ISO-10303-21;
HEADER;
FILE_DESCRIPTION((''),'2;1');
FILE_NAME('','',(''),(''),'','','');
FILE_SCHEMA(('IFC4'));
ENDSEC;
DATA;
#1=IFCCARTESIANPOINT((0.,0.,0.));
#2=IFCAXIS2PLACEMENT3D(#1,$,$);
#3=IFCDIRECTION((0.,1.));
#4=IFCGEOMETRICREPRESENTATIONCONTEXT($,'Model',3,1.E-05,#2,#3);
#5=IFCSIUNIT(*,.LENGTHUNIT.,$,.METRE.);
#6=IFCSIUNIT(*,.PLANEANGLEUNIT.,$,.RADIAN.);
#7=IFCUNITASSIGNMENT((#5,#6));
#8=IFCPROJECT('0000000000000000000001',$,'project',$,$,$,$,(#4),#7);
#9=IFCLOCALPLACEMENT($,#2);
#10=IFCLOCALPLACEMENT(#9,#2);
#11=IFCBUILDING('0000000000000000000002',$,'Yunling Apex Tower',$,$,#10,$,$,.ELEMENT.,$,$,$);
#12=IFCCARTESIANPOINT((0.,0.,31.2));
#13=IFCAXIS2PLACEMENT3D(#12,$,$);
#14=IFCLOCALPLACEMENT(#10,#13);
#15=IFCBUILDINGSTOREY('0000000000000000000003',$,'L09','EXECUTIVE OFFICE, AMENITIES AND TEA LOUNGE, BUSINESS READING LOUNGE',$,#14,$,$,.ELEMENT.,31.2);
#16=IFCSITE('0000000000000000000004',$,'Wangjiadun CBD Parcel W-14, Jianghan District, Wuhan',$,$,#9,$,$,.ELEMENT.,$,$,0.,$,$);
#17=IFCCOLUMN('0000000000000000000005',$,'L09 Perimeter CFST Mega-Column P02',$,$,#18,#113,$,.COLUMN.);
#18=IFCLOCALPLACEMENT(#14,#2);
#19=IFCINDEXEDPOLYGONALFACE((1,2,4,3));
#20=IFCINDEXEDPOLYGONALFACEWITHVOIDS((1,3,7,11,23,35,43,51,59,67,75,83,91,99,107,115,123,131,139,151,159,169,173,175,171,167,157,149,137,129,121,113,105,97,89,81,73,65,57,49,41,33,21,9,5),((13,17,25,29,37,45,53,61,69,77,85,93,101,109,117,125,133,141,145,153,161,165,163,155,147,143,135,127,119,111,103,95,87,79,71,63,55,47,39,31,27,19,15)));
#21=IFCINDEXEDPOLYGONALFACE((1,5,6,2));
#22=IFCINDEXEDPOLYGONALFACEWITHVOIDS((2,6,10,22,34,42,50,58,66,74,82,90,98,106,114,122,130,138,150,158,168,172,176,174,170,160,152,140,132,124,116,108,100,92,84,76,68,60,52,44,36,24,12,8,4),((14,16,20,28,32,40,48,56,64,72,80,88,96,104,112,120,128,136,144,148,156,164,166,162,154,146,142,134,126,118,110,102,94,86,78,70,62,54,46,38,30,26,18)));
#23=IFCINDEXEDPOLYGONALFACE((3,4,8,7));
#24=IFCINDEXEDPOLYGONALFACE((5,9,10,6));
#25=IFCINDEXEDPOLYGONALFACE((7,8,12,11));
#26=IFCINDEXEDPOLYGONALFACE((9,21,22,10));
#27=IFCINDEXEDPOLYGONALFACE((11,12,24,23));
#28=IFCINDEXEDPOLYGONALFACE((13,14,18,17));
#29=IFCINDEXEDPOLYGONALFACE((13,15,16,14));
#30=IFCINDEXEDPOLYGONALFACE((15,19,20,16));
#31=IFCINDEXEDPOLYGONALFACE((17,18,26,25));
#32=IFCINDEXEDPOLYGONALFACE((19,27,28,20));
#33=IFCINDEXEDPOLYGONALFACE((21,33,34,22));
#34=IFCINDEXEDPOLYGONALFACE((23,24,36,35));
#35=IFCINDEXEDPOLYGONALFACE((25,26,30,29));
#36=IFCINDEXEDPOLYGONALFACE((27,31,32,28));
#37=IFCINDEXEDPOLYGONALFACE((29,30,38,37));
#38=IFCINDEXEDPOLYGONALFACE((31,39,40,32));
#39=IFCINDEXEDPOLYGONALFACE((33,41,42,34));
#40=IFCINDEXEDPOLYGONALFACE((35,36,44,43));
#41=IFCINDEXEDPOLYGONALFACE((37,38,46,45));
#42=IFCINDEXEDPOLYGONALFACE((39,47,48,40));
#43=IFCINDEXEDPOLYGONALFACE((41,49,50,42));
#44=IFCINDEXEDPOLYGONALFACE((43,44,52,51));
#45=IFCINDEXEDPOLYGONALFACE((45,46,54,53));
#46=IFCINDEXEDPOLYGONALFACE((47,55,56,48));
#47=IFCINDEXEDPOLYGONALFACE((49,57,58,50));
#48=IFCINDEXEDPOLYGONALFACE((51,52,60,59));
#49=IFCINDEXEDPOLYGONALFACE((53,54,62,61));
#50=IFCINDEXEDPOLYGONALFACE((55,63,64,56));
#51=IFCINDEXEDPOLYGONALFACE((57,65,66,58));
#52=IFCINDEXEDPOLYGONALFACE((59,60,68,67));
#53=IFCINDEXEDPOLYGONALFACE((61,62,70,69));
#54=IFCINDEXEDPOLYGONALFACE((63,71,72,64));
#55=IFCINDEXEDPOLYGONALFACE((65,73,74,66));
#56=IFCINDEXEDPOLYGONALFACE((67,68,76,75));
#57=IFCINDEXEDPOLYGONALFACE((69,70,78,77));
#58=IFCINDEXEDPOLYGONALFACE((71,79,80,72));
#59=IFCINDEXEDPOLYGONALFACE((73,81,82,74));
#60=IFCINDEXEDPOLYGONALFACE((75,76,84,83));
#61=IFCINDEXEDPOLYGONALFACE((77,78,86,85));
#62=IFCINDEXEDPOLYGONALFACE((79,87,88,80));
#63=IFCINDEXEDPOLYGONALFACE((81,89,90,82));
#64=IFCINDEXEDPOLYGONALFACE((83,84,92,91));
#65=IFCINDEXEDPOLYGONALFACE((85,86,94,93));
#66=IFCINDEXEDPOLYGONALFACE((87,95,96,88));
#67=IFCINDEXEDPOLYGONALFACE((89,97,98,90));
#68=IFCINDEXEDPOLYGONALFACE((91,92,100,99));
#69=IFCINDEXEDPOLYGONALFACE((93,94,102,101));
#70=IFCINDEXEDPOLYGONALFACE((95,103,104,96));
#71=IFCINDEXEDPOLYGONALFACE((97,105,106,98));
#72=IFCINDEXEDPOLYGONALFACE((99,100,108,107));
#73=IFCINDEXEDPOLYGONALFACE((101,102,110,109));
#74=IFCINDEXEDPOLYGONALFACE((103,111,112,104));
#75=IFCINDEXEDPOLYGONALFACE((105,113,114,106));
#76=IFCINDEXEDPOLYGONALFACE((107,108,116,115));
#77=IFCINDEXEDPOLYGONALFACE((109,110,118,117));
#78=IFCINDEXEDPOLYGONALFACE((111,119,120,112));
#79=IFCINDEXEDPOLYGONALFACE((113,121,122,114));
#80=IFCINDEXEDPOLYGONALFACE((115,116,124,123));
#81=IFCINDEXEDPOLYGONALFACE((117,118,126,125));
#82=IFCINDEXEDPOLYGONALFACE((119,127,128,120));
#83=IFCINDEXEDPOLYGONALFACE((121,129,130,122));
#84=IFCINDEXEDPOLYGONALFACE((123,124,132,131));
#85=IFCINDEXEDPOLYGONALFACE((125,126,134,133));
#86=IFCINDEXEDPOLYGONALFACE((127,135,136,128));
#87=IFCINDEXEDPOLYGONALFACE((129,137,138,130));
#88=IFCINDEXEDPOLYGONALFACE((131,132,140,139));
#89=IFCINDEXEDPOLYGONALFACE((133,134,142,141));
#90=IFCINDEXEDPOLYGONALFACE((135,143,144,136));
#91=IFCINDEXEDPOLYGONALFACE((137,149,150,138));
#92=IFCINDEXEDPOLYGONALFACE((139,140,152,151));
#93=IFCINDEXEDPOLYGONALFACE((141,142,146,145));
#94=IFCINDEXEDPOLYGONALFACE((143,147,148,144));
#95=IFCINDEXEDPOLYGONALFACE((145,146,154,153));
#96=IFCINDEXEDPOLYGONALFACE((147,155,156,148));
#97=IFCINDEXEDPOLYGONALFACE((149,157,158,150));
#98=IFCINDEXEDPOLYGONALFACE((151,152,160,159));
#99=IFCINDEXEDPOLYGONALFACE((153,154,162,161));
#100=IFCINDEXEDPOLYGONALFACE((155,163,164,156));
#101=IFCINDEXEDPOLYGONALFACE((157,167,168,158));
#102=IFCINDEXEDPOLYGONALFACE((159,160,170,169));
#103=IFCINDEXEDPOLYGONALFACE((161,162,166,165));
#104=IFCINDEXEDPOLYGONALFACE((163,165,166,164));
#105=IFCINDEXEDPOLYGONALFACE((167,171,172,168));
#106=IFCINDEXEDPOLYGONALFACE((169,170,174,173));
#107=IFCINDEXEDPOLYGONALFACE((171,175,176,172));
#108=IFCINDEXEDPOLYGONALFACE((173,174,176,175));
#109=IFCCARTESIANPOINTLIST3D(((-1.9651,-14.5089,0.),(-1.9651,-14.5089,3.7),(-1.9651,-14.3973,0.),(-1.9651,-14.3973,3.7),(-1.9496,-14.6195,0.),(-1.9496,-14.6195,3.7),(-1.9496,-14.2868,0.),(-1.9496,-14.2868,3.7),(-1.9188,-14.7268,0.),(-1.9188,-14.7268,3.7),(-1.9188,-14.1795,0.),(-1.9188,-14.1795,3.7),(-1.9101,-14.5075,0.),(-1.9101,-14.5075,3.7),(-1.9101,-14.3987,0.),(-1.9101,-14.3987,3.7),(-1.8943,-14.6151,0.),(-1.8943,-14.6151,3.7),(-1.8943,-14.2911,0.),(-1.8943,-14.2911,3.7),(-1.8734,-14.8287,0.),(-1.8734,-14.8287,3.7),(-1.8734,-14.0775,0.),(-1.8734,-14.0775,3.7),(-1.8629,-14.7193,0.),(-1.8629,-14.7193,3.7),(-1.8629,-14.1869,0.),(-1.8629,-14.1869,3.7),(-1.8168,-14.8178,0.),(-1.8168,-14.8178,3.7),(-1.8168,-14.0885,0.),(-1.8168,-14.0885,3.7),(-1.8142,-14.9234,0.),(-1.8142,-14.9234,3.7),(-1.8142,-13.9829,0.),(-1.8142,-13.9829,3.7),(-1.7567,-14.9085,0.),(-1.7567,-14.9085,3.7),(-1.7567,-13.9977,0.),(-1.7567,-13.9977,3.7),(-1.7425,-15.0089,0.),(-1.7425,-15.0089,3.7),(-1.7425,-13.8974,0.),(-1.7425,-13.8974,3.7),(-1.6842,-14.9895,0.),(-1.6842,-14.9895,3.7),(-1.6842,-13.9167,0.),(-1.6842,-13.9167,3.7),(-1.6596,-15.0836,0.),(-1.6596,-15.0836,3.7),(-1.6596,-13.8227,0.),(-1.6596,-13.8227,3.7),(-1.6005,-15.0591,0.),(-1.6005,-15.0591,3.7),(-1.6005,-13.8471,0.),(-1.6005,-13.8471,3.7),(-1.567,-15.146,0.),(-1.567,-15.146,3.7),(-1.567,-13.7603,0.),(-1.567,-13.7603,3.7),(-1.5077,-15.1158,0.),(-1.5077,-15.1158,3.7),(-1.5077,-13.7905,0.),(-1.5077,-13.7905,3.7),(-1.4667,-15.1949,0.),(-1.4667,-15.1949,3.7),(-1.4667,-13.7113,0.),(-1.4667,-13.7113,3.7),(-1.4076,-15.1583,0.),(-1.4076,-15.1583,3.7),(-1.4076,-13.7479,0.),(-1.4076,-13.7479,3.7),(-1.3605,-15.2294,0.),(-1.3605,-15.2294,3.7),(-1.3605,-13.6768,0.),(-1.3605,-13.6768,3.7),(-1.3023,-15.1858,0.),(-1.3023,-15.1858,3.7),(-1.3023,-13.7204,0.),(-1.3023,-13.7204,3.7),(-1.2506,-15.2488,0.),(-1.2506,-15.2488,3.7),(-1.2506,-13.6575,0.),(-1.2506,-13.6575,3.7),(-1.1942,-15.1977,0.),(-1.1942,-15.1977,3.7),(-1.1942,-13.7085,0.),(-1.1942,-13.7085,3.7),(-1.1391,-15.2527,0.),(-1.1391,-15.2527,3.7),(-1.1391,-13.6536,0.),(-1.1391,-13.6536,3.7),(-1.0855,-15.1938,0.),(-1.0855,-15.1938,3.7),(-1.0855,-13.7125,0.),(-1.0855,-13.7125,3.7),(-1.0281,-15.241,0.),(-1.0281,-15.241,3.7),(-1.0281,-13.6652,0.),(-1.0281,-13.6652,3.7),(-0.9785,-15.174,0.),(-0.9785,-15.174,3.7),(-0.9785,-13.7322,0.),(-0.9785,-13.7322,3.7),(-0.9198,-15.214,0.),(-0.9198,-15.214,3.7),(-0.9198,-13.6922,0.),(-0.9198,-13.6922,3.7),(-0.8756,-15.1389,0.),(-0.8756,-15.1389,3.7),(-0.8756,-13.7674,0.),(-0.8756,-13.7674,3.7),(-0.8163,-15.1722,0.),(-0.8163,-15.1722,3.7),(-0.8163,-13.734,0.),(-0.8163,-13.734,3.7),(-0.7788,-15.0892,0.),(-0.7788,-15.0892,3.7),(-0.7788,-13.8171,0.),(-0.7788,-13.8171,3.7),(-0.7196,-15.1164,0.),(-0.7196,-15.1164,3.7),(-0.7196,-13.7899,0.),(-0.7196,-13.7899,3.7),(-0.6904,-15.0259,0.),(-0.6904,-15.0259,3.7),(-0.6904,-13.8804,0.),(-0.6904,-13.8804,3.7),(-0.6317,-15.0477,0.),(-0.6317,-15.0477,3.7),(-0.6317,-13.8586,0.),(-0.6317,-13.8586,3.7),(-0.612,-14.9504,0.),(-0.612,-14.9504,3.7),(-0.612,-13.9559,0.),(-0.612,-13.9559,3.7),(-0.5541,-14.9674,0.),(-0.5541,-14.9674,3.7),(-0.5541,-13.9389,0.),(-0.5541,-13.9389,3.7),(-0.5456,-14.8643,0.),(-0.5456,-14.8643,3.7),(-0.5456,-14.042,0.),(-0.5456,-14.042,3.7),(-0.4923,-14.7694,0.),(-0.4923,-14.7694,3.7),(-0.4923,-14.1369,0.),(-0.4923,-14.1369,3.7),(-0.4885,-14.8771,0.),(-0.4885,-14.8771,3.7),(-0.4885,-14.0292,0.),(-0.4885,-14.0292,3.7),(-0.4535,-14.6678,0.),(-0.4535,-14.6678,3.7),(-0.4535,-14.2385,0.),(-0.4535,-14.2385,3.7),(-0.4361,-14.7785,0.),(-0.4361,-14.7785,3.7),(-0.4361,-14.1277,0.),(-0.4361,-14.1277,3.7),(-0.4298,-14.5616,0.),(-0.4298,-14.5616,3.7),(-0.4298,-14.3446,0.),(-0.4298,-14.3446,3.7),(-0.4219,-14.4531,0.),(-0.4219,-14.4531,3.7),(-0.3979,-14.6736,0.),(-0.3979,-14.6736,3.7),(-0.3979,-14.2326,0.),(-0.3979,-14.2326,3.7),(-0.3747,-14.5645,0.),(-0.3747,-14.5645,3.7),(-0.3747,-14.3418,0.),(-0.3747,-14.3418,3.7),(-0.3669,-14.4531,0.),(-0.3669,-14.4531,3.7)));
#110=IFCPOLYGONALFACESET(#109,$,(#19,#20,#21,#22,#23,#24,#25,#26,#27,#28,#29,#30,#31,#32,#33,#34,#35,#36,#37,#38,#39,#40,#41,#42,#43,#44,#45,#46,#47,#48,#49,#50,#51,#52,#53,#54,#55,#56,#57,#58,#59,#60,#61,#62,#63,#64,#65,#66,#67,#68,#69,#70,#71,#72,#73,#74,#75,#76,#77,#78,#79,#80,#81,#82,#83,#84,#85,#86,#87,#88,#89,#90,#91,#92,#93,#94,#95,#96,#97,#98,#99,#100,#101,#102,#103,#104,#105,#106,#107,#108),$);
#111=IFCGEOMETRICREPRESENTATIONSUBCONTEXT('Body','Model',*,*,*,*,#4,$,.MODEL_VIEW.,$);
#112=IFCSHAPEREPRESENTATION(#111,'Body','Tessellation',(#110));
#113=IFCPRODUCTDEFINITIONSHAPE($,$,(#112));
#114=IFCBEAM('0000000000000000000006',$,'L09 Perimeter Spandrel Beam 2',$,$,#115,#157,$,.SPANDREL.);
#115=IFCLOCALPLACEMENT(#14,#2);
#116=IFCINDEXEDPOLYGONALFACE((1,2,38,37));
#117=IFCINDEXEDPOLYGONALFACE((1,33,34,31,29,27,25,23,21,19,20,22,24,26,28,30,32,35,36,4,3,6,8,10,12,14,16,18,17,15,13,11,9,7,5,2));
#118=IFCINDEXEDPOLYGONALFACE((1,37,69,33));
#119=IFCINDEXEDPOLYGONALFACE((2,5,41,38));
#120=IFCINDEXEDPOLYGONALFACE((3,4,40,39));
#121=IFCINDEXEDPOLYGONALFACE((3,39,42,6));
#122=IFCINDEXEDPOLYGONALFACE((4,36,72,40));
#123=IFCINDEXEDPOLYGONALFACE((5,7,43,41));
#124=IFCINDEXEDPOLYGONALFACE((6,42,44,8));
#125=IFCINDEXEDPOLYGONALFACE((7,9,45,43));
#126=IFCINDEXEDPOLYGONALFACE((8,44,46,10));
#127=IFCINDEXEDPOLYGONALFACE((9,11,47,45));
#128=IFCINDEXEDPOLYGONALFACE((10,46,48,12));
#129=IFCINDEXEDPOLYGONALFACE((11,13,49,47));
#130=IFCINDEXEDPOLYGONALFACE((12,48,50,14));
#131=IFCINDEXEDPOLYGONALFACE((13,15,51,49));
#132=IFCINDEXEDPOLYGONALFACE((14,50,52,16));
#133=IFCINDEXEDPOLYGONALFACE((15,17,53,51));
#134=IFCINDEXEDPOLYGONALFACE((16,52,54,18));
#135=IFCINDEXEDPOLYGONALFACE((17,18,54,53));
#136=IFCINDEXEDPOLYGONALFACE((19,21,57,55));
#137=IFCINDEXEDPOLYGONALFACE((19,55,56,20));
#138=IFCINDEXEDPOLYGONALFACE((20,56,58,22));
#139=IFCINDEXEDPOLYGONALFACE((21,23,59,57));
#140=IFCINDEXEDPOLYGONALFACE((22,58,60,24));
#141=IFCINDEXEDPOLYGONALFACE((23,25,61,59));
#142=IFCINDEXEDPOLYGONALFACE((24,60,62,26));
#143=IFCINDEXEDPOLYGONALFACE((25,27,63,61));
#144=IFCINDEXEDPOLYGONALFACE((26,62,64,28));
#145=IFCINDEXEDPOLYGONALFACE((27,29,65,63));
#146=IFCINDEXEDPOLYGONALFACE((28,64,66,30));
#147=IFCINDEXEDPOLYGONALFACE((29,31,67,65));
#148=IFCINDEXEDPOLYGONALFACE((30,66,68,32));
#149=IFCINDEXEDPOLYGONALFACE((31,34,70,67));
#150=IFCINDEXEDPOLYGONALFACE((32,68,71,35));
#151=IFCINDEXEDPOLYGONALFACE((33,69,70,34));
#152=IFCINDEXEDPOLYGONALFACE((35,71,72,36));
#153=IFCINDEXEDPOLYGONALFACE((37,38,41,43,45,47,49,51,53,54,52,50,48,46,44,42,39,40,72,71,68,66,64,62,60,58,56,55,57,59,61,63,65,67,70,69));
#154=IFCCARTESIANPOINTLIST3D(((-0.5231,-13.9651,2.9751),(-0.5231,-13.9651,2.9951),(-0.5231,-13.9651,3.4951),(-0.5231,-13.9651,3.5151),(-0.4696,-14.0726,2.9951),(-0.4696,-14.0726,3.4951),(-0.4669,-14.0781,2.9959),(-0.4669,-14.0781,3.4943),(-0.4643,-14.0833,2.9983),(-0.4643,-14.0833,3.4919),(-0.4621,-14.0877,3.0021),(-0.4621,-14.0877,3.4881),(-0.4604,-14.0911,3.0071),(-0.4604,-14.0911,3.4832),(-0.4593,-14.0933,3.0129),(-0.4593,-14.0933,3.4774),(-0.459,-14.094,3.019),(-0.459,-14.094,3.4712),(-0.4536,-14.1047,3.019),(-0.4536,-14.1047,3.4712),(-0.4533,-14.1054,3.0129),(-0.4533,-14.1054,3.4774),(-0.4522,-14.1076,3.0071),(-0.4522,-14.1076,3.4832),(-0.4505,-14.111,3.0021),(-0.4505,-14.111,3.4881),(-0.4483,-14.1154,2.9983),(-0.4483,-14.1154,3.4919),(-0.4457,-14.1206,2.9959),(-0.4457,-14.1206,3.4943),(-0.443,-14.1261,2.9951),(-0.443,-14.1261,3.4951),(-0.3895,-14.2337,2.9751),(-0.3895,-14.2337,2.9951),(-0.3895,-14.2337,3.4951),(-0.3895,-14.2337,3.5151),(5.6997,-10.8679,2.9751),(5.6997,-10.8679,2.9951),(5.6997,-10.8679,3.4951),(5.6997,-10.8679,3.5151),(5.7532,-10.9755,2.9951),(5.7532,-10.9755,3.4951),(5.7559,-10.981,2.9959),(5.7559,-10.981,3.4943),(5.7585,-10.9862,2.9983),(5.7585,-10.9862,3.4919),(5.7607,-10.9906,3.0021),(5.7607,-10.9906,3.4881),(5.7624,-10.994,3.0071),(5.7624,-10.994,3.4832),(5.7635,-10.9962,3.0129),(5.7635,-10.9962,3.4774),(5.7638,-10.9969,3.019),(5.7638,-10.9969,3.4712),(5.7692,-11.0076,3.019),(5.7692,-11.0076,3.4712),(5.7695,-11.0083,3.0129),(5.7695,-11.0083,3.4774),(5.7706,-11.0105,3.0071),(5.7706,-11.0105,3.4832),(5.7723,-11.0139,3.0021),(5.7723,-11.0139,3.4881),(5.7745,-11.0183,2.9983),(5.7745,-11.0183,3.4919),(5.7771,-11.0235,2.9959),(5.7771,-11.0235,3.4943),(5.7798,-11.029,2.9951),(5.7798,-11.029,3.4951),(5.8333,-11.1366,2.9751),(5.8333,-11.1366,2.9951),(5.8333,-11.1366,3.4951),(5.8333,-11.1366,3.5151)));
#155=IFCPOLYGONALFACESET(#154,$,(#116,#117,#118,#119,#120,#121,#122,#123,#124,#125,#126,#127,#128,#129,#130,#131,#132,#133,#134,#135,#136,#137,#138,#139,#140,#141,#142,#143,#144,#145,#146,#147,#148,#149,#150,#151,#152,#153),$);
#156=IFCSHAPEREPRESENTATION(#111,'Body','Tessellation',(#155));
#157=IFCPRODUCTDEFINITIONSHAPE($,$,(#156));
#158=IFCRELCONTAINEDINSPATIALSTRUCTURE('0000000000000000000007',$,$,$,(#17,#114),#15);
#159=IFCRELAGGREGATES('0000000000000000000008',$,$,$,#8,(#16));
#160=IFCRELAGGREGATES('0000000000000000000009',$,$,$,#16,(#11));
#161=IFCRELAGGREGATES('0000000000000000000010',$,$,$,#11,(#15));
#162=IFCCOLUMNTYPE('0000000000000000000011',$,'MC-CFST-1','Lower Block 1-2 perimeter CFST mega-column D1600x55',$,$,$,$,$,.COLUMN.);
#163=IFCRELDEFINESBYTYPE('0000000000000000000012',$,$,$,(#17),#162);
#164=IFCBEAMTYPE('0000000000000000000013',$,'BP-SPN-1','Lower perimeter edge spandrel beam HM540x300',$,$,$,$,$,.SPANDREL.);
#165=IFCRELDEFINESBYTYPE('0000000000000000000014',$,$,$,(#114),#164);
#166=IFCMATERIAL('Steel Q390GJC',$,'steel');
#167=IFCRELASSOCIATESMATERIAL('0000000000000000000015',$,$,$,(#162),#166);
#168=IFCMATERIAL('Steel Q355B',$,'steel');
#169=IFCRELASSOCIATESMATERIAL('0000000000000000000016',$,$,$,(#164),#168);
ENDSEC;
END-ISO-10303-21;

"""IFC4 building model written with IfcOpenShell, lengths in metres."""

from ifc_helpers import new_model, si_unit, direction, frame, origin, origin_2d, place, context, subcontext, project, spatial, hollow_circle, i_section, extrude, source, transform, mapped, material, material_profile, profile_set, type_object, element, save


model = new_model("IFC4")

# Units and contexts
model_context = context("Model", 3, precision=1e-05, world=origin(), true_north=direction((0.0, 1.0)))
body_context = subcontext(model_context, "Body", "Model", "MODEL_VIEW")
ifc_project = project(units=[si_unit("LENGTHUNIT", "METRE"), si_unit("PLANEANGLEUNIT", "RADIAN")], contexts=[model_context])

# Site, building, storey
site_placement = place(None, origin())
site = spatial("IfcSite", under=ifc_project, at=site_placement, Name="Wangjiadun CBD Parcel W-14, Jianghan District, Wuhan", CompositionType="ELEMENT", RefElevation=0.0)
building_placement = place(site_placement, origin())
building = spatial("IfcBuilding", under=site, at=building_placement, Name="Yunling Apex Tower", CompositionType="ELEMENT")
storey_placement = place(building_placement, frame((0.0, 0.0, 31.2)))
storey = spatial("IfcBuildingStorey", under=building, at=storey_placement, Name="L09", Description="EXECUTIVE OFFICE, AMENITIES AND TEA LOUNGE, BUSINESS READING LOUNGE", CompositionType="ELEMENT", Elevation=31.2)

# Column
ifc_material_1 = material(Name="Steel Q390GJC", Category="steel")
ifc_material_profile_1 = material_profile(ifc_material_1, hollow_circle(Radius=0.8, WallThickness=0.0549, at=origin_2d()))
ifc_profile_set_1 = profile_set([ifc_material_profile_1], Name="Steel Q390GJC")
column_type = type_object("IfcColumnType", Name="MC-CFST-1", Description="Lower Block 1-2 perimeter CFST mega-column D1600x55", PredefinedType="COLUMN", material=ifc_profile_set_1)
shared_shape_1 = source(origin(), body_context, "Body", "SweptSolid", [
    extrude(hollow_circle(Radius=0.8, WallThickness=0.0549, at=origin_2d()), origin(), (0.0, 0.0, 1.0), 3.7),
])
column_placement = place(storey_placement, frame((-1.167, -14.4531, 0.0), z_axis=(0.0, 0.0, 1.0), x_axis=(1.0, 0.0, 0.0)))
element("IfcColumn", 1, at=column_placement, inside=storey, type_object=column_type, Name="L09 Perimeter CFST Mega-Column P02", PredefinedType="COLUMN", context=body_context, shape_type="MappedRepresentation", body=[
    mapped(shared_shape_1, transform((0.0, 0.0, 0.0), scale=1.0)),
])

# Beam
ifc_material_2 = material(Name="Steel Q355B", Category="steel")
ifc_material_profile_2 = material_profile(ifc_material_2, i_section(OverallWidth=0.3, OverallDepth=0.54, WebThickness=0.012, FlangeThickness=0.02, FilletRadius=0.0239, at=origin_2d()))
ifc_profile_set_2 = profile_set([ifc_material_profile_2], Name="Steel Q355B")
beam_type_1 = type_object("IfcBeamType", Name="BP-SPN-1", Description="Lower perimeter edge spandrel beam HM540x300", PredefinedType="SPANDREL", material=ifc_profile_set_2)
shared_shape_2 = source(origin(), body_context, "Body", "SweptSolid", [
    extrude(i_section(OverallWidth=0.3, OverallDepth=0.54, WebThickness=0.012, FlangeThickness=0.02, FilletRadius=0.0239, at=origin_2d()), origin(), (0.0, 0.0, 1.0), 6.9509),
])
beam_1_placement = place(storey_placement, frame((-0.4563, -14.0994, 3.2451), z_axis=(0.895248, 0.445569, 0.0), x_axis=(-0.445569, 0.895248, 0.0)))
element("IfcBeam", 2, at=beam_1_placement, inside=storey, type_object=beam_type_1, Name="L09 Perimeter Spandrel Beam 2", PredefinedType="SPANDREL", context=body_context, shape_type="MappedRepresentation", body=[
    mapped(shared_shape_2, transform((0.0, 0.0, 0.0), scale=1.0)),
])

save(model, "model.ifc")
